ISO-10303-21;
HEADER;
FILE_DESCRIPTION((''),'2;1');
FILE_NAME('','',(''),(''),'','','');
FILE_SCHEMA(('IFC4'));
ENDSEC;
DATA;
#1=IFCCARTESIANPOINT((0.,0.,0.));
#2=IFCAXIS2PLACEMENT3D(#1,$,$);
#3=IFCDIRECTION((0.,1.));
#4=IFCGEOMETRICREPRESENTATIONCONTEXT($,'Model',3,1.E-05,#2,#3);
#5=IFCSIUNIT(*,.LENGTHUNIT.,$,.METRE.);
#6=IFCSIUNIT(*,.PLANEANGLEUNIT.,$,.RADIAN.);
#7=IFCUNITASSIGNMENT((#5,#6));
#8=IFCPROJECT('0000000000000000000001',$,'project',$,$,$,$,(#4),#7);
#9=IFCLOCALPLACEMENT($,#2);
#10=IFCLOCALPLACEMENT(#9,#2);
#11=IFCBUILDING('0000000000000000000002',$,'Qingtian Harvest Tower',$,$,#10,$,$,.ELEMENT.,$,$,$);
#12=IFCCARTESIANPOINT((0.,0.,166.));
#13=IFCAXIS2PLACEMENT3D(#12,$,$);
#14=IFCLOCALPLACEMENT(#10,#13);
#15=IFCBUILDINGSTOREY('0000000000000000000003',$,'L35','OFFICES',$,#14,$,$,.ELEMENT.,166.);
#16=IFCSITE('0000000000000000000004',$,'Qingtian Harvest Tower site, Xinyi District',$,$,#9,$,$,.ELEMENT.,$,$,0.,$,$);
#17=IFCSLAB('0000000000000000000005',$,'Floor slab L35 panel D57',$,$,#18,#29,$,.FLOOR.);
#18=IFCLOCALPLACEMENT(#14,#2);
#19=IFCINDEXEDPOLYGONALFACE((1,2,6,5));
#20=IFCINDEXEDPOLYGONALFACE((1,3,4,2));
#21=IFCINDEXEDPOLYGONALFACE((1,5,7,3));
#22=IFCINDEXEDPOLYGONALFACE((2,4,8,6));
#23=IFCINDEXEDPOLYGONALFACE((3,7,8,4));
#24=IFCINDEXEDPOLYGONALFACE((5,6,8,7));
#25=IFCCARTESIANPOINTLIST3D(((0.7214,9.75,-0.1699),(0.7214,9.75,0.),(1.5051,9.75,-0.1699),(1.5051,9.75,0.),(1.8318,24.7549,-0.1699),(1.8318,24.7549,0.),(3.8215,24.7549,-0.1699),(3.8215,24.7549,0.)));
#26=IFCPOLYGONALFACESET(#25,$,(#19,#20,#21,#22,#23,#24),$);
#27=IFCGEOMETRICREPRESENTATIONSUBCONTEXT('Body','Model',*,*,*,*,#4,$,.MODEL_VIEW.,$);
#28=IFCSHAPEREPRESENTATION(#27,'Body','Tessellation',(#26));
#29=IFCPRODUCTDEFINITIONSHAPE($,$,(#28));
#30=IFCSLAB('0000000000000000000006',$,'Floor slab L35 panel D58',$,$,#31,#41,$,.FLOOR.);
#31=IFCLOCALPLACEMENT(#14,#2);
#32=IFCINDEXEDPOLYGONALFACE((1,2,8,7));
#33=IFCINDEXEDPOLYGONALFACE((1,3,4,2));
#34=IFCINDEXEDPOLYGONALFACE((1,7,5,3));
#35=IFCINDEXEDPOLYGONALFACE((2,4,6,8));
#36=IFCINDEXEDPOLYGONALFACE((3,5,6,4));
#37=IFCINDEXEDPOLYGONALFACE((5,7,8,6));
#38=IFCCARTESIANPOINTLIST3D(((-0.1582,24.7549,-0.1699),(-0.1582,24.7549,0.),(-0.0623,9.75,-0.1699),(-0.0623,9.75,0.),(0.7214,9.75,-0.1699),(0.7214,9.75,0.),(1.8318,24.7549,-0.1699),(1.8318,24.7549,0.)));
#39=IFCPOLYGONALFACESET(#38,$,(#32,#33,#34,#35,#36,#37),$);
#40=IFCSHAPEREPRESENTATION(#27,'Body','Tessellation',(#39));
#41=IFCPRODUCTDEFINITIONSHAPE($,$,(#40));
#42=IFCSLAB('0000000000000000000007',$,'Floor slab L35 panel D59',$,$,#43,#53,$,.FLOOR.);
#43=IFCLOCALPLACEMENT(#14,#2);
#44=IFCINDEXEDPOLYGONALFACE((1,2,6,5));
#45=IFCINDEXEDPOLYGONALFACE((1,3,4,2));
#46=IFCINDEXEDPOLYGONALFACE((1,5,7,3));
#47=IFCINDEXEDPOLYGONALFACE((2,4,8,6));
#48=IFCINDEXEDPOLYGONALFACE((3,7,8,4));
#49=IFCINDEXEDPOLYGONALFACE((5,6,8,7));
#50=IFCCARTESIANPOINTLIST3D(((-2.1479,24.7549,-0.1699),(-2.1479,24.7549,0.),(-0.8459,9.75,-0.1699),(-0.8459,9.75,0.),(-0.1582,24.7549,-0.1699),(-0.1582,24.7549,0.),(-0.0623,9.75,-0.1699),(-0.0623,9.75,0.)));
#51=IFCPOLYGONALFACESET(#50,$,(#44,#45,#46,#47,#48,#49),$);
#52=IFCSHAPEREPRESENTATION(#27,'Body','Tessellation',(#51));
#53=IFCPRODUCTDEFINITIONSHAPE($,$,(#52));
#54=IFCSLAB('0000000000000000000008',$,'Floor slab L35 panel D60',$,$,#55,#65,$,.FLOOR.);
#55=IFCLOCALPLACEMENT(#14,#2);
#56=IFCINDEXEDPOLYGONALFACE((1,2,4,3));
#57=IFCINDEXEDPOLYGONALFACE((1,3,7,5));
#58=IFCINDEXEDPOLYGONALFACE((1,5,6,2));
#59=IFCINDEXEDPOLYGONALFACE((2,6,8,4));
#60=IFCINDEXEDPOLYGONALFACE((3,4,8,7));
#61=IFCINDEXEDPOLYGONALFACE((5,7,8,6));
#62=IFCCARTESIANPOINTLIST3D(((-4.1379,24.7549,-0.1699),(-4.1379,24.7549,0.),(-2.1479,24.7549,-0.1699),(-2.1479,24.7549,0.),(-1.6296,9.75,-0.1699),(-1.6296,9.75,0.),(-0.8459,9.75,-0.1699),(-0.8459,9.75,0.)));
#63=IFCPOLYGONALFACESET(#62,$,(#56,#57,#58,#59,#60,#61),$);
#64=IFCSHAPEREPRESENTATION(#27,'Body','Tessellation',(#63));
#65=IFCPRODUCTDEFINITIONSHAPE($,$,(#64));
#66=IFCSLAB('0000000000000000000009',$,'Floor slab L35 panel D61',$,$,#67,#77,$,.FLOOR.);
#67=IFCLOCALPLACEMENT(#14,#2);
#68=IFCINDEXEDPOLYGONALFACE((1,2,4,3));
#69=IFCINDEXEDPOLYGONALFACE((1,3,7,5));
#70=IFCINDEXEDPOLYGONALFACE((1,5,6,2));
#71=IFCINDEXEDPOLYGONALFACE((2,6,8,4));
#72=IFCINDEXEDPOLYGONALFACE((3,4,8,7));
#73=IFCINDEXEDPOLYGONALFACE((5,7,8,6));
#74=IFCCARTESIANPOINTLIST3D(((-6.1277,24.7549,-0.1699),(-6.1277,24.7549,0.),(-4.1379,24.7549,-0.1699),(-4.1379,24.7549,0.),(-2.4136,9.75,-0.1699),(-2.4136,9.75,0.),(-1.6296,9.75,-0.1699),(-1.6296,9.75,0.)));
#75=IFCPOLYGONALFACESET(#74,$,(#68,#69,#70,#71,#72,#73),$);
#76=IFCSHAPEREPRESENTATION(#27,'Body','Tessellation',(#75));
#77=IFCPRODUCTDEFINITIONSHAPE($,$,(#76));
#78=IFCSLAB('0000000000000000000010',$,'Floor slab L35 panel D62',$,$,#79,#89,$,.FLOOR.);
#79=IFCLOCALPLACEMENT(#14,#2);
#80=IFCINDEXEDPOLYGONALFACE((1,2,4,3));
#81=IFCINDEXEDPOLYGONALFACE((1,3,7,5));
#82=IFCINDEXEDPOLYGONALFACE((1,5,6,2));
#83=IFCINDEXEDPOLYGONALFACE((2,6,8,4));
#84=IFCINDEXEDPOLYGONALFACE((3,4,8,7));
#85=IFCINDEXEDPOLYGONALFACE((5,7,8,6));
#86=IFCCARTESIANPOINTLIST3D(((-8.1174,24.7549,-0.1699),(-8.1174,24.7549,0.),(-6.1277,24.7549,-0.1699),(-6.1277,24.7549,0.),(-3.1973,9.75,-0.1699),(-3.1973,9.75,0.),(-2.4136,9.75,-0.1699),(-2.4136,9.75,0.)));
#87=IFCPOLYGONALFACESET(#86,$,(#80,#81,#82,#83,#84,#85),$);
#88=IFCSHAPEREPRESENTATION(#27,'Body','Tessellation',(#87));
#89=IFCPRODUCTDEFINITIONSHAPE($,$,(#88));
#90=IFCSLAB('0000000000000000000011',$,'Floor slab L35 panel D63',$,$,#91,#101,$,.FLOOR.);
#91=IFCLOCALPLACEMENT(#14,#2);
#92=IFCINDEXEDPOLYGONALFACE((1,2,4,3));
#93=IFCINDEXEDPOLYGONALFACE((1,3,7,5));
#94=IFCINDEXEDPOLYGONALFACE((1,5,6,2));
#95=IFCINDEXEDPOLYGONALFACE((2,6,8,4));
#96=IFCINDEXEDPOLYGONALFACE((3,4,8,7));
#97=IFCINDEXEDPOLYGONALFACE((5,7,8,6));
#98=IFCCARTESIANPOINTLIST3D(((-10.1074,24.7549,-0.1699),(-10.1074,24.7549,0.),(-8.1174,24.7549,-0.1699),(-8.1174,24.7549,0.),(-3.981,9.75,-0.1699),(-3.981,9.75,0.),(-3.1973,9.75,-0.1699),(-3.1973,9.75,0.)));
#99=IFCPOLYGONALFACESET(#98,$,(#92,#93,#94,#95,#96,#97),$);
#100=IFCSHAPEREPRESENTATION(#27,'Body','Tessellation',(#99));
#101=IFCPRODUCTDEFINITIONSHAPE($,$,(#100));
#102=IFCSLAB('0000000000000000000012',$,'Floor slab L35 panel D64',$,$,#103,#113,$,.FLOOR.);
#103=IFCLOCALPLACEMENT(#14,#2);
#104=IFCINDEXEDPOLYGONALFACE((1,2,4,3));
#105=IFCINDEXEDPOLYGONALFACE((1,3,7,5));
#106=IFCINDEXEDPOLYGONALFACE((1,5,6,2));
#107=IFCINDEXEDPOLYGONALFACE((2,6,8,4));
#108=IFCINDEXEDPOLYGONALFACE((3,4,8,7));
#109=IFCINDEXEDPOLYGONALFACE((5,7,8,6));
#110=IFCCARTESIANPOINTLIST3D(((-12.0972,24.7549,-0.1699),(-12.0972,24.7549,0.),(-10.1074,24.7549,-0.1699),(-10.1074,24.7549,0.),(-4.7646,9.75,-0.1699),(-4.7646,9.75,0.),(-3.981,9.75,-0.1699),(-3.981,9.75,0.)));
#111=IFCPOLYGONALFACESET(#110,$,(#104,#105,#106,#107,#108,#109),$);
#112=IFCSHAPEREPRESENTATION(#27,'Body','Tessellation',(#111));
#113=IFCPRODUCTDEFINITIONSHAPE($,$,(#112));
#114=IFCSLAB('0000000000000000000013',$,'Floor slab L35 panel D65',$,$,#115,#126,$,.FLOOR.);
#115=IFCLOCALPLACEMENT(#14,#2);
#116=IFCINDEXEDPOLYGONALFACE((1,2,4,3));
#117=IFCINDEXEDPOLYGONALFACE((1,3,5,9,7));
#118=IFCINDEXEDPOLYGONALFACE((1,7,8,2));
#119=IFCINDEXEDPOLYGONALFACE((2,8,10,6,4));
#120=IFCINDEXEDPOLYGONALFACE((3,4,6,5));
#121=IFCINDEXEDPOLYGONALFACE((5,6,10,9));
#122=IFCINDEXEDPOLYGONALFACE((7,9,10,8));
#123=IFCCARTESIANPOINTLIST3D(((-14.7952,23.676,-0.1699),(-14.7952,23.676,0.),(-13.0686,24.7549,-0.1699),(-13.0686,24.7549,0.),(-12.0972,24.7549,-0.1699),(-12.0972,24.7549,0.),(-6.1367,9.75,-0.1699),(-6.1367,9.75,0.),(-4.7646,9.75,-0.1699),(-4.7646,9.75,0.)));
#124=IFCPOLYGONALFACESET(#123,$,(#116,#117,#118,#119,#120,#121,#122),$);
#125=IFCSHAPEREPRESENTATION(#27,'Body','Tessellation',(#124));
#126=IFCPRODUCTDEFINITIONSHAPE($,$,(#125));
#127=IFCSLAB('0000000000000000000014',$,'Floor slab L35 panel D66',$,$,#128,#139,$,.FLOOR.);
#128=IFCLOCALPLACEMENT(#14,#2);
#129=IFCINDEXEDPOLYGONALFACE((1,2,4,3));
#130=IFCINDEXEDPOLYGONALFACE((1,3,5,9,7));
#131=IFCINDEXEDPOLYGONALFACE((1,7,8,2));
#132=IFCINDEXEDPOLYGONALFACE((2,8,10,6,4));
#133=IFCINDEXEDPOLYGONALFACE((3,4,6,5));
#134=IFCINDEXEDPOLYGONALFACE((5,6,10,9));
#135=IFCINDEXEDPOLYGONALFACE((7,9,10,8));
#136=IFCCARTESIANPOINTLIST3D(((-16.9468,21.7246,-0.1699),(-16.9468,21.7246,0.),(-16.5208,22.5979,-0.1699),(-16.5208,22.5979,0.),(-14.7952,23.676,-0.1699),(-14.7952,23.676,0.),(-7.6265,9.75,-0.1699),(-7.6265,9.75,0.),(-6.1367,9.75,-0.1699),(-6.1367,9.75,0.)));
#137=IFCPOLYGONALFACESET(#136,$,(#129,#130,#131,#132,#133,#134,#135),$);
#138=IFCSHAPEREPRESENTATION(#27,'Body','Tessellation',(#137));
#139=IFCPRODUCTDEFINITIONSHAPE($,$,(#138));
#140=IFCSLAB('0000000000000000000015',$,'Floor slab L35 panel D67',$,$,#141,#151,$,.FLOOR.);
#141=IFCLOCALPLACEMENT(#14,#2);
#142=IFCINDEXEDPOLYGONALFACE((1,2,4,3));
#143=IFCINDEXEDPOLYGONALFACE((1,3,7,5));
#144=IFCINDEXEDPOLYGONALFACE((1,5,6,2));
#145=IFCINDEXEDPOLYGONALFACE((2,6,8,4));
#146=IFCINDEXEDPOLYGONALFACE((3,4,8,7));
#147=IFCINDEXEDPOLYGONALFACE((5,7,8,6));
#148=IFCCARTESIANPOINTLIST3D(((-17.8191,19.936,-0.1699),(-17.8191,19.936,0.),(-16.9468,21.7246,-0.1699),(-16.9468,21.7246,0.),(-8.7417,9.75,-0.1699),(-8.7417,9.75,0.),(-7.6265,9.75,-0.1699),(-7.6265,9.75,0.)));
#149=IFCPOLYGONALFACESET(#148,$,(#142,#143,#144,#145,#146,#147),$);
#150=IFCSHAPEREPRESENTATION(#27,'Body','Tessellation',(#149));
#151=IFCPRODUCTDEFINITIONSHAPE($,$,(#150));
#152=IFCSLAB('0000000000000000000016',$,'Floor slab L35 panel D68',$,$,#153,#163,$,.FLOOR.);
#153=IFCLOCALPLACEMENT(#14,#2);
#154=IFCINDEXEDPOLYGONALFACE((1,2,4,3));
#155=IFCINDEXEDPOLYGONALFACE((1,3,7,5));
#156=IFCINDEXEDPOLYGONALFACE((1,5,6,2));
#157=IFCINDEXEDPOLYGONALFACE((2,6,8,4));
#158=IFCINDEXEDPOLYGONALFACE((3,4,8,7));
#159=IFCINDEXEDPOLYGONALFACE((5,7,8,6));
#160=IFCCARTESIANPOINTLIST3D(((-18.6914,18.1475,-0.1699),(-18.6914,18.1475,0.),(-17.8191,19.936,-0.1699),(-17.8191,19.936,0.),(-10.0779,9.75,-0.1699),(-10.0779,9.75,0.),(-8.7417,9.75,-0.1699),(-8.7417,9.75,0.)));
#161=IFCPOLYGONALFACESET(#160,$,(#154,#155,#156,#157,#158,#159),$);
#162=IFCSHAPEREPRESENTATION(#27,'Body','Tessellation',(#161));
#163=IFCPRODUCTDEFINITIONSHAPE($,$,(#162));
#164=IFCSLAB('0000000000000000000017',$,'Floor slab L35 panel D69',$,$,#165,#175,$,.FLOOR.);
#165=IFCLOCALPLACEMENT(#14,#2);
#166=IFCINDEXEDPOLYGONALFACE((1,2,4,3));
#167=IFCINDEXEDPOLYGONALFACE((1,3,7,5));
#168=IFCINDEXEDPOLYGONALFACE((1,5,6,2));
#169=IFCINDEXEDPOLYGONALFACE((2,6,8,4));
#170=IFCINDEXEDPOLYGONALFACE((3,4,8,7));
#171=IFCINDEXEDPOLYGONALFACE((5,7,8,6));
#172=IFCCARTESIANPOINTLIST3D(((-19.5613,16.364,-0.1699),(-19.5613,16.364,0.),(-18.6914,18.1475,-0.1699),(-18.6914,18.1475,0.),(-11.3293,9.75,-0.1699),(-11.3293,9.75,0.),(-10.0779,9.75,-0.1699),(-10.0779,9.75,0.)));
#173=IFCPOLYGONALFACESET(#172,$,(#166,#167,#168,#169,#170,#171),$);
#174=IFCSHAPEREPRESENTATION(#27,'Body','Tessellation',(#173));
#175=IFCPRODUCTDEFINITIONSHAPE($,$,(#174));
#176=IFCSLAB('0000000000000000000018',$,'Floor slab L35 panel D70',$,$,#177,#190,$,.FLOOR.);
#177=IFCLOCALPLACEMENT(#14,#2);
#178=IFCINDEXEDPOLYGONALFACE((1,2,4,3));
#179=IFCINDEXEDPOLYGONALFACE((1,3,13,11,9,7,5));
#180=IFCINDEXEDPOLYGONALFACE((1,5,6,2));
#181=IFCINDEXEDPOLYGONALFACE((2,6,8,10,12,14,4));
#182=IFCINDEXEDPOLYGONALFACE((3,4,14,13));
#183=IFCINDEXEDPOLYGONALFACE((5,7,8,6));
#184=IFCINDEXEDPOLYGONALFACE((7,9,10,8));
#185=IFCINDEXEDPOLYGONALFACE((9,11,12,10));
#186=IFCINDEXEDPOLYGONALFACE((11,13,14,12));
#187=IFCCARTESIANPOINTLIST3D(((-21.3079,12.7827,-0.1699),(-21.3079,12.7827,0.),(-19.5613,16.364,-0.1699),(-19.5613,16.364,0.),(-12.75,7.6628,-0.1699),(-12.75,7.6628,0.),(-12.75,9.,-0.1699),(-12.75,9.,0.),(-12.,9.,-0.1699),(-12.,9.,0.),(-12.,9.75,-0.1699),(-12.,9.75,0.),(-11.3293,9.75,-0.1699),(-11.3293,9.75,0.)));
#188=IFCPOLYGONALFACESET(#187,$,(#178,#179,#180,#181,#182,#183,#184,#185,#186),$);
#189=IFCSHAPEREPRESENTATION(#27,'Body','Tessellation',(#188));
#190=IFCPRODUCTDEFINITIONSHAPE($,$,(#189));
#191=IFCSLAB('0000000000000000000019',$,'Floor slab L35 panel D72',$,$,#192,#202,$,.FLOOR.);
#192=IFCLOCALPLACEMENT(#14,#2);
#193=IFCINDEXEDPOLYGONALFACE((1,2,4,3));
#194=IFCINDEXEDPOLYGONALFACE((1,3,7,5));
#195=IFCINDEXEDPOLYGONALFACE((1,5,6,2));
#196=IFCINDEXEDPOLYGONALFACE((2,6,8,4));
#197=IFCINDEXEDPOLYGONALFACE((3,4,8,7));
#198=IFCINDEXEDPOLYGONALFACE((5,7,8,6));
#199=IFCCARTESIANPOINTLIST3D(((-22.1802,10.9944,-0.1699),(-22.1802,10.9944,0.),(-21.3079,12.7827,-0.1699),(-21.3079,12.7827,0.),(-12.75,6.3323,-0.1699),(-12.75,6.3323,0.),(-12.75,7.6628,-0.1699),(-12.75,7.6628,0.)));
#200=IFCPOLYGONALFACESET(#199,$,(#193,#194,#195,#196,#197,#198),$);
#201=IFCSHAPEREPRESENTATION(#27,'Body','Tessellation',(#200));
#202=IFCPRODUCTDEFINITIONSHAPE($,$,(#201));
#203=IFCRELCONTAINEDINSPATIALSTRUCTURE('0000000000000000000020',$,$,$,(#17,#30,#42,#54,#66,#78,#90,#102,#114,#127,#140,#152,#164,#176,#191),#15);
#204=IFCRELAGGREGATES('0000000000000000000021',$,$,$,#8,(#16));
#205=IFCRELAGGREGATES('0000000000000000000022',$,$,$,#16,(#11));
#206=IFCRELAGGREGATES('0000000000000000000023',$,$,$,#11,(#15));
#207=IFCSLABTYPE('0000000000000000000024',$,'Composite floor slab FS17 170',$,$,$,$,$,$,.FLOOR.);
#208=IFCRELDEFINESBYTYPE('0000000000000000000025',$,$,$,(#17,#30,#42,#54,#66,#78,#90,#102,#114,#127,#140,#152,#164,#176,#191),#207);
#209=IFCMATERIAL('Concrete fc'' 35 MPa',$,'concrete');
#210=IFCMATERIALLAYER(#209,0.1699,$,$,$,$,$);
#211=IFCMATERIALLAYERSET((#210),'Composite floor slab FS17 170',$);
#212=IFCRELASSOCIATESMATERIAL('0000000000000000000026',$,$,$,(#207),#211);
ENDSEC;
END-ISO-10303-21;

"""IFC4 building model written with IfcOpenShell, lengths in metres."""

from ifc_helpers import new_model, si_unit, direction, frame, origin, place, context, subcontext, project, spatial, polyline, outline, extrude, material, layer, layer_set, type_object, element, save


model = new_model("IFC4")

# Units and contexts
model_context = context("Model", 3, precision=1e-05, world=origin(), true_north=direction((0.0, 1.0)))
body_context = subcontext(model_context, "Body", "Model", "MODEL_VIEW")
ifc_project = project(units=[si_unit("LENGTHUNIT", "METRE"), si_unit("PLANEANGLEUNIT", "RADIAN")], contexts=[model_context])

# Site, building, storey
site_placement = place(None, origin())
site = spatial("IfcSite", under=ifc_project, at=site_placement, Name="Qingtian Harvest Tower site, Xinyi District", CompositionType="ELEMENT", RefElevation=0.0)
building_placement = place(site_placement, origin())
building = spatial("IfcBuilding", under=site, at=building_placement, Name="Qingtian Harvest Tower", CompositionType="ELEMENT")
storey_placement = place(building_placement, frame((0.0, 0.0, 166.0)))
storey = spatial("IfcBuildingStorey", under=building, at=storey_placement, Name="L35", Description="OFFICES", CompositionType="ELEMENT", Elevation=166.0)

# Slabs
ifc_material_1 = material(Name="Concrete fc' 35 MPa", Category="concrete")
ifc_layer_1 = layer(ifc_material_1, 0.1699)
ifc_layer_set_1 = layer_set([ifc_layer_1], Name="Composite floor slab FS17 170")
slab_type = type_object("IfcSlabType", Name="Composite floor slab FS17 170", PredefinedType="FLOOR", material=ifc_layer_set_1)
slab_1_placement = place(storey_placement, frame((0.0, 0.0, -0.1699)))
element("IfcSlab", 1, at=slab_1_placement, inside=storey, type_object=slab_type, Name="Floor slab L35 panel D57", PredefinedType="FLOOR", context=body_context, shape_type="SweptSolid", body=[
    extrude(outline(polyline([(0.7214, 9.75), (1.8318, 24.7549), (3.8215, 24.7549), (1.5051, 9.75), (0.7214, 9.75)])), origin(), (0.0, 0.0, 1.0), 0.1699),
])
slab_2_placement = place(storey_placement, frame((0.0, 0.0, -0.1699)))
element("IfcSlab", 2, at=slab_2_placement, inside=storey, type_object=slab_type, Name="Floor slab L35 panel D58", PredefinedType="FLOOR", context=body_context, shape_type="SweptSolid", body=[
    extrude(outline(polyline([(-0.0623, 9.75), (-0.1582, 24.7549), (1.8318, 24.7549), (0.7214, 9.75), (-0.0623, 9.75)])), origin(), (0.0, 0.0, 1.0), 0.1699),
])
slab_3_placement = place(storey_placement, frame((0.0, 0.0, -0.1699)))
element("IfcSlab", 3, at=slab_3_placement, inside=storey, type_object=slab_type, Name="Floor slab L35 panel D59", PredefinedType="FLOOR", context=body_context, shape_type="SweptSolid", body=[
    extrude(outline(polyline([(-0.8459, 9.75), (-2.1479, 24.7549), (-0.1582, 24.7549), (-0.0623, 9.75), (-0.8459, 9.75)])), origin(), (0.0, 0.0, 1.0), 0.1699),
])
slab_4_placement = place(storey_placement, frame((0.0, 0.0, -0.1699)))
element("IfcSlab", 4, at=slab_4_placement, inside=storey, type_object=slab_type, Name="Floor slab L35 panel D60", PredefinedType="FLOOR", context=body_context, shape_type="SweptSolid", body=[
    extrude(outline(polyline([(-1.6296, 9.75), (-4.1379, 24.7549), (-2.1479, 24.7549), (-0.8459, 9.75), (-1.6296, 9.75)])), origin(), (0.0, 0.0, 1.0), 0.1699),
])
slab_5_placement = place(storey_placement, frame((0.0, 0.0, -0.1699)))
element("IfcSlab", 5, at=slab_5_placement, inside=storey, type_object=slab_type, Name="Floor slab L35 panel D61", PredefinedType="FLOOR", context=body_context, shape_type="SweptSolid", body=[
    extrude(outline(polyline([(-2.4136, 9.75), (-6.1277, 24.7549), (-4.1379, 24.7549), (-1.6296, 9.75), (-2.4136, 9.75)])), origin(), (0.0, 0.0, 1.0), 0.1699),
])
slab_6_placement = place(storey_placement, frame((0.0, 0.0, -0.1699)))
element("IfcSlab", 6, at=slab_6_placement, inside=storey, type_object=slab_type, Name="Floor slab L35 panel D62", PredefinedType="FLOOR", context=body_context, shape_type="SweptSolid", body=[
    extrude(outline(polyline([(-3.1973, 9.75), (-8.1174, 24.7549), (-6.1277, 24.7549), (-2.4136, 9.75), (-3.1973, 9.75)])), origin(), (0.0, 0.0, 1.0), 0.1699),
])
slab_7_placement = place(storey_placement, frame((0.0, 0.0, -0.1699)))
element("IfcSlab", 7, at=slab_7_placement, inside=storey, type_object=slab_type, Name="Floor slab L35 panel D63", PredefinedType="FLOOR", context=body_context, shape_type="SweptSolid", body=[
    extrude(outline(polyline([(-3.981, 9.75), (-10.1074, 24.7549), (-8.1174, 24.7549), (-3.1973, 9.75), (-3.981, 9.75)])), origin(), (0.0, 0.0, 1.0), 0.1699),
])
slab_8_placement = place(storey_placement, frame((0.0, 0.0, -0.1699)))
element("IfcSlab", 8, at=slab_8_placement, inside=storey, type_object=slab_type, Name="Floor slab L35 panel D64", PredefinedType="FLOOR", context=body_context, shape_type="SweptSolid", body=[
    extrude(outline(polyline([(-4.7646, 9.75), (-12.0972, 24.7549), (-10.1074, 24.7549), (-3.981, 9.75), (-4.7646, 9.75)])), origin(), (0.0, 0.0, 1.0), 0.1699),
])
slab_9_placement = place(storey_placement, frame((0.0, 0.0, -0.1699)))
element("IfcSlab", 9, at=slab_9_placement, inside=storey, type_object=slab_type, Name="Floor slab L35 panel D65", PredefinedType="FLOOR", context=body_context, shape_type="SweptSolid", body=[
    extrude(outline(polyline([(-4.7646, 9.75), (-6.1367, 9.75), (-14.7952, 23.676), (-13.0686, 24.7549), (-12.0972, 24.7549), (-4.7646, 9.75)])), origin(), (0.0, 0.0, 1.0), 0.1699),
])
slab_10_placement = place(storey_placement, frame((0.0, 0.0, -0.1699)))
element("IfcSlab", 10, at=slab_10_placement, inside=storey, type_object=slab_type, Name="Floor slab L35 panel D66", PredefinedType="FLOOR", context=body_context, shape_type="SweptSolid", body=[
    extrude(outline(polyline([(-6.1367, 9.75), (-7.6265, 9.75), (-16.9468, 21.7246), (-16.5208, 22.5979), (-14.7952, 23.676), (-6.1367, 9.75)])), origin(), (0.0, 0.0, 1.0), 0.1699),
])
slab_11_placement = place(storey_placement, frame((0.0, 0.0, -0.1699)))
element("IfcSlab", 11, at=slab_11_placement, inside=storey, type_object=slab_type, Name="Floor slab L35 panel D67", PredefinedType="FLOOR", context=body_context, shape_type="SweptSolid", body=[
    extrude(outline(polyline([(-8.7417, 9.75), (-17.8191, 19.936), (-16.9468, 21.7246), (-7.6265, 9.75), (-8.7417, 9.75)])), origin(), (0.0, 0.0, 1.0), 0.1699),
])
slab_12_placement = place(storey_placement, frame((0.0, 0.0, -0.1699)))
element("IfcSlab", 12, at=slab_12_placement, inside=storey, type_object=slab_type, Name="Floor slab L35 panel D68", PredefinedType="FLOOR", context=body_context, shape_type="SweptSolid", body=[
    extrude(outline(polyline([(-10.0779, 9.75), (-18.6914, 18.1475), (-17.8191, 19.936), (-8.7417, 9.75), (-10.0779, 9.75)])), origin(), (0.0, 0.0, 1.0), 0.1699),
])
slab_13_placement = place(storey_placement, frame((0.0, 0.0, -0.1699)))
element("IfcSlab", 13, at=slab_13_placement, inside=storey, type_object=slab_type, Name="Floor slab L35 panel D69", PredefinedType="FLOOR", context=body_context, shape_type="SweptSolid", body=[
    extrude(outline(polyline([(-11.3293, 9.75), (-19.5613, 16.364), (-18.6914, 18.1475), (-10.0779, 9.75), (-11.3293, 9.75)])), origin(), (0.0, 0.0, 1.0), 0.1699),
])
slab_14_placement = place(storey_placement, frame((0.0, 0.0, -0.1699)))
element("IfcSlab", 14, at=slab_14_placement, inside=storey, type_object=slab_type, Name="Floor slab L35 panel D70", PredefinedType="FLOOR", context=body_context, shape_type="SweptSolid", body=[
    extrude(outline(polyline([(-12.0, 9.0), (-12.75, 9.0), (-12.75, 7.6628), (-21.3079, 12.7827), (-19.5613, 16.364), (-11.3293, 9.75), (-12.0, 9.75), (-12.0, 9.0)])), origin(), (0.0, 0.0, 1.0), 0.1699),
])
slab_15_placement = place(storey_placement, frame((0.0, 0.0, -0.1699)))
element("IfcSlab", 15, at=slab_15_placement, inside=storey, type_object=slab_type, Name="Floor slab L35 panel D72", PredefinedType="FLOOR", context=body_context, shape_type="SweptSolid", body=[
    extrude(outline(polyline([(-12.75, 6.3323), (-22.1802, 10.9944), (-21.3079, 12.7827), (-12.75, 7.6628), (-12.75, 6.3323)])), origin(), (0.0, 0.0, 1.0), 0.1699),
])

save(model, "model.ifc")
